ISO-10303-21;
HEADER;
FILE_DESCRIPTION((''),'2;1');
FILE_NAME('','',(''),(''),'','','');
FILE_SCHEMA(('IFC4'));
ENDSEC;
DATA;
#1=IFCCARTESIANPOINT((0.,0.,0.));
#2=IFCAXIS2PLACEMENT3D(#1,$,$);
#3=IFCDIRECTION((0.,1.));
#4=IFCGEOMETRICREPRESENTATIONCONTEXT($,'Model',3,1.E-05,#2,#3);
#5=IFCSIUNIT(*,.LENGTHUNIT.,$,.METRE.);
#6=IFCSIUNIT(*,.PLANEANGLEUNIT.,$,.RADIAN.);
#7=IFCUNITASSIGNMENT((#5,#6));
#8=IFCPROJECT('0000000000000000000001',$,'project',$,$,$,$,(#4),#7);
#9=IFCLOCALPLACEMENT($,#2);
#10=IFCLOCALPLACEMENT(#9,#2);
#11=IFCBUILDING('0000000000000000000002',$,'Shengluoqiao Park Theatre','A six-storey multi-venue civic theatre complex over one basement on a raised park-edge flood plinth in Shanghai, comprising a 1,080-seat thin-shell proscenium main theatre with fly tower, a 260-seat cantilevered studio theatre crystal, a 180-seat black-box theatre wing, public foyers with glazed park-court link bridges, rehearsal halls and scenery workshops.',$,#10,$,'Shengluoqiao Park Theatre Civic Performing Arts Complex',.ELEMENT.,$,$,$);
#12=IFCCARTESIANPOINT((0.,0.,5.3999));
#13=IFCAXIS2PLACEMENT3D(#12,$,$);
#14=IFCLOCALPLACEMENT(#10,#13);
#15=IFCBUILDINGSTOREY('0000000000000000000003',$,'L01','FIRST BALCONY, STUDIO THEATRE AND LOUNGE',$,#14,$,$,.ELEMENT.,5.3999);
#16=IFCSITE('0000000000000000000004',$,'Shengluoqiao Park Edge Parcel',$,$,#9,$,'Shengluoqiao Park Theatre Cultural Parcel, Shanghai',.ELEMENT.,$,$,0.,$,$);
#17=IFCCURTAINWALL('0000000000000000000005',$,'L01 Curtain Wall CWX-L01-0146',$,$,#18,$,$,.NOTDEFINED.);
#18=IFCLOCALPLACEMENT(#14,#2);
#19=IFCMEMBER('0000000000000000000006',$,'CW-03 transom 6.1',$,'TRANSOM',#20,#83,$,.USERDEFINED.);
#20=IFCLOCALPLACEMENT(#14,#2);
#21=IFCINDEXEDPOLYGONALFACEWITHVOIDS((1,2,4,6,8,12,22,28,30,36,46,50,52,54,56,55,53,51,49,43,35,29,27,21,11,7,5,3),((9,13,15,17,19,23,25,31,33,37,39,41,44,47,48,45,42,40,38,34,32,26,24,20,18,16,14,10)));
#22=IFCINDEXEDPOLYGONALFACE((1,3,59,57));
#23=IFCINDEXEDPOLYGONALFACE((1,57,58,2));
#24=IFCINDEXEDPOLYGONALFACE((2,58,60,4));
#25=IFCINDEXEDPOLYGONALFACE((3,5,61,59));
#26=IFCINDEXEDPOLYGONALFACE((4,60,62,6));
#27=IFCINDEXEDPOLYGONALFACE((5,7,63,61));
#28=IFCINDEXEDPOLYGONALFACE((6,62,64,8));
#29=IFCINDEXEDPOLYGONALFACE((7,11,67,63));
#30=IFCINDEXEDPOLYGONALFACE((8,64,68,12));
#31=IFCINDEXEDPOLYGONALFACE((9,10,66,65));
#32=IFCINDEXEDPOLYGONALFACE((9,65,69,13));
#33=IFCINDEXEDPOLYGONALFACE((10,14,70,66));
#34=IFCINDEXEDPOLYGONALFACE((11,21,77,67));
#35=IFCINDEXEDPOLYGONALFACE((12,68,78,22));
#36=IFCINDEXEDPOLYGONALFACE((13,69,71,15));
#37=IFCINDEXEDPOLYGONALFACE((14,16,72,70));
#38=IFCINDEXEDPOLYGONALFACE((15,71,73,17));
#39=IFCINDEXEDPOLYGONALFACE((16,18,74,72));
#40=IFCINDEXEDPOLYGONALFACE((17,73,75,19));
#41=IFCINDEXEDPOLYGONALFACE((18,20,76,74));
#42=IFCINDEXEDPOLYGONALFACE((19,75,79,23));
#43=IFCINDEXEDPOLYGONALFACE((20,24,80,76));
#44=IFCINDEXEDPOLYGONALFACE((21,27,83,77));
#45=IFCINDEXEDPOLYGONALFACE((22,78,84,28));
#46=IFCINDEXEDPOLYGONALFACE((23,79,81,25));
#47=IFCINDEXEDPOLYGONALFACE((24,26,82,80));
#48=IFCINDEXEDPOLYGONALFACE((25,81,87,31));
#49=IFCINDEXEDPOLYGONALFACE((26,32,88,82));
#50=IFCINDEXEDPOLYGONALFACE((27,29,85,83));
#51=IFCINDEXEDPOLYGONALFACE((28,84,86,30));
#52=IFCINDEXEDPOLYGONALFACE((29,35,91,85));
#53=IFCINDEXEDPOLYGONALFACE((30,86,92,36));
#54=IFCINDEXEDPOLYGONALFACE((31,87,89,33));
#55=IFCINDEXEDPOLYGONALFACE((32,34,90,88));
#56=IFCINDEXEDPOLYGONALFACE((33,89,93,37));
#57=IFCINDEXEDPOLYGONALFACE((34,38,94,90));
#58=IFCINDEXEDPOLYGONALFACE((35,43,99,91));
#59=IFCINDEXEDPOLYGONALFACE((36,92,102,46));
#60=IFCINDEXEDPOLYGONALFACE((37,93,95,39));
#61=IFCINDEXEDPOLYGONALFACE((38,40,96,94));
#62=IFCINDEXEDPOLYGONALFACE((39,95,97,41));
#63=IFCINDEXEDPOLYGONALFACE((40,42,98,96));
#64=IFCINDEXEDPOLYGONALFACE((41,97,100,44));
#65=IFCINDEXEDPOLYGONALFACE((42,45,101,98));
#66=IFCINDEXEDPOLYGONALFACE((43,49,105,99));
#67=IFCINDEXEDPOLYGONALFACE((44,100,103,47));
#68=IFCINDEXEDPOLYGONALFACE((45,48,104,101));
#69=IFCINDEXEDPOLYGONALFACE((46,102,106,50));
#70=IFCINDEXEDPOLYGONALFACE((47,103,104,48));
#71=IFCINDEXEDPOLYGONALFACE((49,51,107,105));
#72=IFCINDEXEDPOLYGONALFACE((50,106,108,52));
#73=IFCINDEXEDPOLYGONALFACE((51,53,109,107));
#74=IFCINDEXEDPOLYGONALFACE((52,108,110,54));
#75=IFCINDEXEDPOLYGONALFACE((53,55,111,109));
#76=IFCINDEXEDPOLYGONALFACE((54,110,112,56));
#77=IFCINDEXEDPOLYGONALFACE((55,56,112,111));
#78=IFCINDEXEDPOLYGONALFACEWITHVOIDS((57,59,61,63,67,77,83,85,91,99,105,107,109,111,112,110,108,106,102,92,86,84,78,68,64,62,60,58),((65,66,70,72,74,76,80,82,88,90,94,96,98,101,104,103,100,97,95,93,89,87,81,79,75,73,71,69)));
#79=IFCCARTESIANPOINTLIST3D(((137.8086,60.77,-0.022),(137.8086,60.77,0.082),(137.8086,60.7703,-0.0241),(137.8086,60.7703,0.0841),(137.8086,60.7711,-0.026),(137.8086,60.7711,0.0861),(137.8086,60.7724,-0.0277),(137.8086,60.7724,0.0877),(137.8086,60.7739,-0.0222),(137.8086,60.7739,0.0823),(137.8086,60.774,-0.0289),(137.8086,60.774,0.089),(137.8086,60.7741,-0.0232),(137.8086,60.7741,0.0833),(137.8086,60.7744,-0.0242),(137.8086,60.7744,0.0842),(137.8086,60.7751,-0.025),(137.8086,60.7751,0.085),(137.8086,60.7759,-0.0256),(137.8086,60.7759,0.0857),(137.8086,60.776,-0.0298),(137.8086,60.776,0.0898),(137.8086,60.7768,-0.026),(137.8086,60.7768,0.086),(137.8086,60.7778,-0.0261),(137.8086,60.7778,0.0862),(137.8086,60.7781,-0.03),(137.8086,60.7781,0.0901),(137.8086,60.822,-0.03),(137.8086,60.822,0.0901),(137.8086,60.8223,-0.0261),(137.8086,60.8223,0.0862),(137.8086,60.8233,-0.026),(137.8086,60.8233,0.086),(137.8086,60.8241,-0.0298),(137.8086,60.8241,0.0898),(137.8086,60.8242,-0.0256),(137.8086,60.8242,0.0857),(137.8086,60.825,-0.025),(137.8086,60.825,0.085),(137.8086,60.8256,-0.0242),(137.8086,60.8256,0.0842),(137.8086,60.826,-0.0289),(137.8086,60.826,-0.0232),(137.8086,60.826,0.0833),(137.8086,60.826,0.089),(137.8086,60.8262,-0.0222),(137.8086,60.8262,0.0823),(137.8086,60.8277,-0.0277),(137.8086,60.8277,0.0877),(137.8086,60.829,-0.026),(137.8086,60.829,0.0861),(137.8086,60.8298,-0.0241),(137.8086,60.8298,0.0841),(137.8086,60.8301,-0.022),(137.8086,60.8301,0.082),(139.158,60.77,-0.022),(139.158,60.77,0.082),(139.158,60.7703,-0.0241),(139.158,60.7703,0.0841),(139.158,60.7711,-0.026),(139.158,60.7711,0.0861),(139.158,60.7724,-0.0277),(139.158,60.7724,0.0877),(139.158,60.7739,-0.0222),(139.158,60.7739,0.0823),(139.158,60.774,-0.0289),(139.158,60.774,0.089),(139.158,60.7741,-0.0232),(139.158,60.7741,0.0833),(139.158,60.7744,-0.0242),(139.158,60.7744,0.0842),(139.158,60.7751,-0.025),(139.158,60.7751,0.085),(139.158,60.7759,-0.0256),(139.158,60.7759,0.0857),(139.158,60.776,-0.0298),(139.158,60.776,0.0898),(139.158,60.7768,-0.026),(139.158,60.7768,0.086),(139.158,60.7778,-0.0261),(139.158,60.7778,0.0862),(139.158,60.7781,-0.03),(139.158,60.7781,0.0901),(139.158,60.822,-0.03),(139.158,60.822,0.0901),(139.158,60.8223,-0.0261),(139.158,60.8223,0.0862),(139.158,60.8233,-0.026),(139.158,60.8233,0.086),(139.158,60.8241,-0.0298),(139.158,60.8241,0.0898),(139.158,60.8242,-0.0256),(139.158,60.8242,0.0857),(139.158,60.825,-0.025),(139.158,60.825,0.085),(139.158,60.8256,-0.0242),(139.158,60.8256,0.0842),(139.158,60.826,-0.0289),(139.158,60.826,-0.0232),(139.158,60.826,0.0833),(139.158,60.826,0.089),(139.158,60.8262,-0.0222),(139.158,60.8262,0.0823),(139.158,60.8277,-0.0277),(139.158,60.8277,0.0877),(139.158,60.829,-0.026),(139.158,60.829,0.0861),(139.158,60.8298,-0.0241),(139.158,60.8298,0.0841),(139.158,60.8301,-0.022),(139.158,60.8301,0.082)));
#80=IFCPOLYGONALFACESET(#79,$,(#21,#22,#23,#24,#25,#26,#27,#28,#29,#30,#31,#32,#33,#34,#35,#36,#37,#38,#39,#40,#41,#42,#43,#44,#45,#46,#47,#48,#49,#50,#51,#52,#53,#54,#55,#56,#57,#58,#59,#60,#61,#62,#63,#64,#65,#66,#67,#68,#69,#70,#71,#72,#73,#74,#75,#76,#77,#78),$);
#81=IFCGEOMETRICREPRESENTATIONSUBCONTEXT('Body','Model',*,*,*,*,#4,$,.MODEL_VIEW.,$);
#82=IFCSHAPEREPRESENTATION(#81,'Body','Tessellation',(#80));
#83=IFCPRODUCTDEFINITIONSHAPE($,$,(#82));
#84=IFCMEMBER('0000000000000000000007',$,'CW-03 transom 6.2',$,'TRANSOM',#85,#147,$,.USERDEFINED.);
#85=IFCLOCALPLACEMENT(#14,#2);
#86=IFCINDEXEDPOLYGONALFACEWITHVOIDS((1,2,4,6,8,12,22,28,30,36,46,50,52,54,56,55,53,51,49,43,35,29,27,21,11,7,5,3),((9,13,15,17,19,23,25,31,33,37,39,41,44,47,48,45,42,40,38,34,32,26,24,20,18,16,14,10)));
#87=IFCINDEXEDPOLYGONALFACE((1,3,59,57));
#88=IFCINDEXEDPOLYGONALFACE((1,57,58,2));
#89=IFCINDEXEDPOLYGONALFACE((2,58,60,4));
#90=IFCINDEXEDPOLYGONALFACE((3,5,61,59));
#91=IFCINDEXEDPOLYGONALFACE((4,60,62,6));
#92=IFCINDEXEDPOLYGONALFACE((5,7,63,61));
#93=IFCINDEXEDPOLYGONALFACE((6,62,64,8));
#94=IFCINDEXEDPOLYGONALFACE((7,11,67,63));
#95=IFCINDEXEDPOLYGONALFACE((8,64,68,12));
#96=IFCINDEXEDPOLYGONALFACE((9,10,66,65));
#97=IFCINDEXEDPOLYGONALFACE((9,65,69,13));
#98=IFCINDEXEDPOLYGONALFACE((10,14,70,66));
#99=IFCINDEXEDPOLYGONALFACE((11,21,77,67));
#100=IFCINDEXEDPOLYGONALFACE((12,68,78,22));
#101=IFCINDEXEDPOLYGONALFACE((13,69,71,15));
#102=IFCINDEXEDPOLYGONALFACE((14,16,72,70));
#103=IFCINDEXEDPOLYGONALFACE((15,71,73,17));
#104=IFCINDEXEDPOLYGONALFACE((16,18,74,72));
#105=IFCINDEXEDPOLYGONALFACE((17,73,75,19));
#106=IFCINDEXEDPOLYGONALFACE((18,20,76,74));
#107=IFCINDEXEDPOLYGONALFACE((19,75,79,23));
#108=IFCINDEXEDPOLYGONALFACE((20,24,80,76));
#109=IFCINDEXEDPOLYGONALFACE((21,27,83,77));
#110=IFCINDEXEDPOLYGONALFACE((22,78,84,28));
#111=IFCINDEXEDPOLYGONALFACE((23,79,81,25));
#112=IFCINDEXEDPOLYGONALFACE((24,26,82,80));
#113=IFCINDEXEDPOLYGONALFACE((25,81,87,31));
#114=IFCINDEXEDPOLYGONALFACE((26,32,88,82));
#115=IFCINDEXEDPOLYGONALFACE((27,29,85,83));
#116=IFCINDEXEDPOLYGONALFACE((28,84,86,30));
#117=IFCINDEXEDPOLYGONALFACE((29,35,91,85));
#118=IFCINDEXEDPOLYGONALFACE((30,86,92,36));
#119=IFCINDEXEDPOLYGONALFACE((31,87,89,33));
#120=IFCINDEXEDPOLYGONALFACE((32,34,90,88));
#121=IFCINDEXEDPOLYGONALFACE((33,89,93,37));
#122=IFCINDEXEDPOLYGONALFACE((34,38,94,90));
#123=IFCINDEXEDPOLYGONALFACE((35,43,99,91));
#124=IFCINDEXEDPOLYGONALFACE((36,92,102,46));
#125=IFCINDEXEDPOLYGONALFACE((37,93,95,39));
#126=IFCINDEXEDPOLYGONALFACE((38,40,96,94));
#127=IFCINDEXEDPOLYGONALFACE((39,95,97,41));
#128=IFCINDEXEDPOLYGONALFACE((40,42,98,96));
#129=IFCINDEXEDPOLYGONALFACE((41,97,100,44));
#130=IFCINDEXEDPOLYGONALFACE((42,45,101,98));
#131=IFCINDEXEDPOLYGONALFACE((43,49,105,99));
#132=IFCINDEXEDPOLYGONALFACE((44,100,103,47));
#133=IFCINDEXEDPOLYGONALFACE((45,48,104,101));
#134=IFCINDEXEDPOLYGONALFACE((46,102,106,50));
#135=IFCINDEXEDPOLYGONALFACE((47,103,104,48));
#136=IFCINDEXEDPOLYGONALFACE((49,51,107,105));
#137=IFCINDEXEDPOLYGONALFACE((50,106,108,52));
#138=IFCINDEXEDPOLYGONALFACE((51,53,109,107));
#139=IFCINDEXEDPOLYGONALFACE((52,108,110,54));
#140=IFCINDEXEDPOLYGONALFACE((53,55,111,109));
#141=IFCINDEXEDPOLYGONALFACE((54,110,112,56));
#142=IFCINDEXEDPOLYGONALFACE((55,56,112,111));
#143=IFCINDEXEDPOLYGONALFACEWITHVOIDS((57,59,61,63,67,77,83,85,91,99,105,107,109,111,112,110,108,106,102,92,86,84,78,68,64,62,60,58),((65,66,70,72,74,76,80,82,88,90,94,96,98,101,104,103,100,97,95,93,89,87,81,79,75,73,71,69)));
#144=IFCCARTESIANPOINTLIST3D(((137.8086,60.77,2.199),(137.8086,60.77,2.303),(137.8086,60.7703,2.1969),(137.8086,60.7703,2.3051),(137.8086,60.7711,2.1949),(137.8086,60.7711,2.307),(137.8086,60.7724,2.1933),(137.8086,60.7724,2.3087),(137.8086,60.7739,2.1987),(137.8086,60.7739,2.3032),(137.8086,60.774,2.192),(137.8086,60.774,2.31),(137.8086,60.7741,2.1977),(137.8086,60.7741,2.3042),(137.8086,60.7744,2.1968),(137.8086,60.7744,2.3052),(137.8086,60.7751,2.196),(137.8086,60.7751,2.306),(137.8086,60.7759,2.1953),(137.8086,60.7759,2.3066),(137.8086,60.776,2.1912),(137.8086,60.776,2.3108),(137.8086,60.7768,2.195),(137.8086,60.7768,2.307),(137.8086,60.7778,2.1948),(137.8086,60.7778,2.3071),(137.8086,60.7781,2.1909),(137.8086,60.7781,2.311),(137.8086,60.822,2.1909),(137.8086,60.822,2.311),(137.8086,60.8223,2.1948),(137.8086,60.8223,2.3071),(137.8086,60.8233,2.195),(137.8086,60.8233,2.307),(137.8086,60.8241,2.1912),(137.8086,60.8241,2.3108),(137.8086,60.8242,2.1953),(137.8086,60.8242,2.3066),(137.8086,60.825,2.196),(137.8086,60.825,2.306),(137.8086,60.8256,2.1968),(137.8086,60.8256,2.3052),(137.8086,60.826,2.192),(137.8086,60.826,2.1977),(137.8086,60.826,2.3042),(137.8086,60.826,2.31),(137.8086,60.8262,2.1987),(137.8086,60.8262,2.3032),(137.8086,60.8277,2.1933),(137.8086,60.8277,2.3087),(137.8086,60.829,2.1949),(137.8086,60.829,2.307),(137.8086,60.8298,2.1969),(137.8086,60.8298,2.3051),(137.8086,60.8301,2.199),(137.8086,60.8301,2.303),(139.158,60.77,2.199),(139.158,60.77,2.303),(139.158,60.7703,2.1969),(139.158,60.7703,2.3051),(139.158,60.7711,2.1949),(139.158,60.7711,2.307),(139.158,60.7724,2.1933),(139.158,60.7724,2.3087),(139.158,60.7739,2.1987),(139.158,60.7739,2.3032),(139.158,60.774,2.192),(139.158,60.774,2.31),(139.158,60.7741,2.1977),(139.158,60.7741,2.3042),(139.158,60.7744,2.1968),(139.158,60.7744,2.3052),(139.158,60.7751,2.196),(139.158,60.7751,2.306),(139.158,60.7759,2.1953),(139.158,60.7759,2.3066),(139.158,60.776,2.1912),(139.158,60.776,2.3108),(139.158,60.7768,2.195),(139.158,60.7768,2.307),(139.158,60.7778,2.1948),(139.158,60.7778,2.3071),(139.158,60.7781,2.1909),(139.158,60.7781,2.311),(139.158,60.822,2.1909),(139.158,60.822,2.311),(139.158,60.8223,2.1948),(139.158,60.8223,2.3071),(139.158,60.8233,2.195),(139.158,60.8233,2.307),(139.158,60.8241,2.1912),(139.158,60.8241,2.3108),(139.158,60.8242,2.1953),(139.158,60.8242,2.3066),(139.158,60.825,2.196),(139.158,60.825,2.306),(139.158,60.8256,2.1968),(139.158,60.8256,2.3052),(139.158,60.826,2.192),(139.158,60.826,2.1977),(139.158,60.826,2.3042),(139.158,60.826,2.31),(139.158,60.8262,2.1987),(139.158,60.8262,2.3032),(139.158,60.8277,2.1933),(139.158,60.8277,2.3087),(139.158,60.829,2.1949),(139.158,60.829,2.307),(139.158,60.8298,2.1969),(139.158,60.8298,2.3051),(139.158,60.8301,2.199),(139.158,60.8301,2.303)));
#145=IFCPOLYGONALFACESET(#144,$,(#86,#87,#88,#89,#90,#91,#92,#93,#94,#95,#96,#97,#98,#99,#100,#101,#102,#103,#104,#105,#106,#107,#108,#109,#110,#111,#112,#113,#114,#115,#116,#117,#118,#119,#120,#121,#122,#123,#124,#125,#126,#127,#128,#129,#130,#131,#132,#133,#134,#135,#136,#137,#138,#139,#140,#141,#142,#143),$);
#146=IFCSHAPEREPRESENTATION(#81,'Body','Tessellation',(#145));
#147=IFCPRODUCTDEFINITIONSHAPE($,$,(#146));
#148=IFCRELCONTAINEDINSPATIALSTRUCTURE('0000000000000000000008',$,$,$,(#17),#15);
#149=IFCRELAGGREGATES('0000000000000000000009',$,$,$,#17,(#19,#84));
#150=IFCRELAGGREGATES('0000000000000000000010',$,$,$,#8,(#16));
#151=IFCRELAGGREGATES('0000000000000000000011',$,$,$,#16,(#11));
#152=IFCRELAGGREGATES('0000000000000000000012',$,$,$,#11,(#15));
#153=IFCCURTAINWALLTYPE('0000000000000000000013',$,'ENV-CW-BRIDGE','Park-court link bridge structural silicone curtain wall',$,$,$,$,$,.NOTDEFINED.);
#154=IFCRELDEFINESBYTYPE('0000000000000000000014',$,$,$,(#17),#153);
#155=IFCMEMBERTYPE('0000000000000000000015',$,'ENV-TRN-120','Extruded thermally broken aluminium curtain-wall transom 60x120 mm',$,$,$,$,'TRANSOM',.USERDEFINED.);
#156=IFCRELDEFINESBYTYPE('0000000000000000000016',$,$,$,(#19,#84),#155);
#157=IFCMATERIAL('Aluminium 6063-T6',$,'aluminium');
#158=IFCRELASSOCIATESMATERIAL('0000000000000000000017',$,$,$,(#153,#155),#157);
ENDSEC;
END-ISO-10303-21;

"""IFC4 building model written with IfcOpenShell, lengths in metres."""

from ifc_helpers import new_model, si_unit, direction, frame, origin, origin_2d, place, context, subcontext, project, spatial, hollow_rectangle, extrude, material, material_profile, profile_set, type_object, element, aggregate, save


model = new_model("IFC4")

# Units and contexts
model_context = context("Model", 3, precision=1e-05, world=origin(), true_north=direction((0.0, 1.0)))
body_context = subcontext(model_context, "Body", "Model", "MODEL_VIEW")
ifc_project = project(units=[si_unit("LENGTHUNIT", "METRE"), si_unit("PLANEANGLEUNIT", "RADIAN")], contexts=[model_context])

# Site, building, storey
site_placement = place(None, origin())
site = spatial("IfcSite", under=ifc_project, at=site_placement, Name="Shengluoqiao Park Edge Parcel", LongName="Shengluoqiao Park Theatre Cultural Parcel, Shanghai", CompositionType="ELEMENT", RefElevation=0.0)
building_placement = place(site_placement, origin())
building = spatial("IfcBuilding", under=site, at=building_placement, Name="Shengluoqiao Park Theatre", Description="A six-storey multi-venue civic theatre complex over one basement on a raised park-edge flood plinth in Shanghai, comprising a 1,080-seat thin-shell proscenium main theatre with fly tower, a 260-seat cantilevered studio theatre crystal, a 180-seat black-box theatre wing, public foyers with glazed park-court link bridges, rehearsal halls and scenery workshops.", LongName="Shengluoqiao Park Theatre Civic Performing Arts Complex", CompositionType="ELEMENT")
storey_placement = place(building_placement, frame((0.0, 0.0, 5.3999)))
storey = spatial("IfcBuildingStorey", under=building, at=storey_placement, Name="L01", Description="FIRST BALCONY, STUDIO THEATRE AND LOUNGE", CompositionType="ELEMENT", Elevation=5.3999)

# Curtain wall
ifc_material_1 = material(Name="Aluminium 6063-T6", Category="aluminium")
curtain_wall_type = type_object("IfcCurtainWallType", Name="ENV-CW-BRIDGE", Description="Park-court link bridge structural silicone curtain wall", PredefinedType="NOTDEFINED", material=ifc_material_1)
curtain_wall_1_placement = place(storey_placement, origin())
curtain_wall_1 = element("IfcCurtainWall", 1, at=curtain_wall_1_placement, inside=storey, type_object=curtain_wall_type, Name="L01 Curtain Wall CWX-L01-0146", PredefinedType="NOTDEFINED")

# Members
ifc_material_profile_1 = material_profile(ifc_material_1, hollow_rectangle(XDim=0.0601, YDim=0.1201, WallThickness=0.0039, InnerFilletRadius=0.0039, OuterFilletRadius=0.0081, at=origin_2d()), Name="ALU TRANSOM 120x60x4")
ifc_profile_set_1 = profile_set([ifc_material_profile_1], Name="Aluminium 6063-T6")
member_type_1 = type_object("IfcMemberType", Name="ENV-TRN-120", Description="Extruded thermally broken aluminium curtain-wall transom 60x120 mm", ElementType="TRANSOM", PredefinedType="USERDEFINED", material=ifc_profile_set_1)
member_1_placement = place(storey_placement, frame((137.8086, 60.8, 0.03), z_axis=(1.0, 0.0, 0.0), x_axis=(0.0, 1.0, 0.0)))
member_1 = element("IfcMember", 2, at=member_1_placement, type_object=member_type_1, Name="CW-03 transom 6.1", ObjectType="TRANSOM", PredefinedType="USERDEFINED", context=body_context, shape_type="SweptSolid", body=[
    extrude(hollow_rectangle(XDim=0.0601, YDim=0.1201, WallThickness=0.0039, InnerFilletRadius=0.0039, OuterFilletRadius=0.0081, at=origin_2d()), origin(), (0.0, 0.0, 1.0), 1.3494),
])
member_2_placement = place(storey_placement, frame((137.8086, 60.8, 2.251), z_axis=(1.0, 0.0, 0.0), x_axis=(0.0, 1.0, 0.0)))
member_2 = element("IfcMember", 3, at=member_2_placement, type_object=member_type_1, Name="CW-03 transom 6.2", ObjectType="TRANSOM", PredefinedType="USERDEFINED", context=body_context, shape_type="SweptSolid", body=[
    extrude(hollow_rectangle(XDim=0.0601, YDim=0.1201, WallThickness=0.0039, InnerFilletRadius=0.0039, OuterFilletRadius=0.0081, at=origin_2d()), origin(), (0.0, 0.0, 1.0), 1.3494),
])

aggregate(curtain_wall_1, [member_1, member_2])

save(model, "model.ifc")
